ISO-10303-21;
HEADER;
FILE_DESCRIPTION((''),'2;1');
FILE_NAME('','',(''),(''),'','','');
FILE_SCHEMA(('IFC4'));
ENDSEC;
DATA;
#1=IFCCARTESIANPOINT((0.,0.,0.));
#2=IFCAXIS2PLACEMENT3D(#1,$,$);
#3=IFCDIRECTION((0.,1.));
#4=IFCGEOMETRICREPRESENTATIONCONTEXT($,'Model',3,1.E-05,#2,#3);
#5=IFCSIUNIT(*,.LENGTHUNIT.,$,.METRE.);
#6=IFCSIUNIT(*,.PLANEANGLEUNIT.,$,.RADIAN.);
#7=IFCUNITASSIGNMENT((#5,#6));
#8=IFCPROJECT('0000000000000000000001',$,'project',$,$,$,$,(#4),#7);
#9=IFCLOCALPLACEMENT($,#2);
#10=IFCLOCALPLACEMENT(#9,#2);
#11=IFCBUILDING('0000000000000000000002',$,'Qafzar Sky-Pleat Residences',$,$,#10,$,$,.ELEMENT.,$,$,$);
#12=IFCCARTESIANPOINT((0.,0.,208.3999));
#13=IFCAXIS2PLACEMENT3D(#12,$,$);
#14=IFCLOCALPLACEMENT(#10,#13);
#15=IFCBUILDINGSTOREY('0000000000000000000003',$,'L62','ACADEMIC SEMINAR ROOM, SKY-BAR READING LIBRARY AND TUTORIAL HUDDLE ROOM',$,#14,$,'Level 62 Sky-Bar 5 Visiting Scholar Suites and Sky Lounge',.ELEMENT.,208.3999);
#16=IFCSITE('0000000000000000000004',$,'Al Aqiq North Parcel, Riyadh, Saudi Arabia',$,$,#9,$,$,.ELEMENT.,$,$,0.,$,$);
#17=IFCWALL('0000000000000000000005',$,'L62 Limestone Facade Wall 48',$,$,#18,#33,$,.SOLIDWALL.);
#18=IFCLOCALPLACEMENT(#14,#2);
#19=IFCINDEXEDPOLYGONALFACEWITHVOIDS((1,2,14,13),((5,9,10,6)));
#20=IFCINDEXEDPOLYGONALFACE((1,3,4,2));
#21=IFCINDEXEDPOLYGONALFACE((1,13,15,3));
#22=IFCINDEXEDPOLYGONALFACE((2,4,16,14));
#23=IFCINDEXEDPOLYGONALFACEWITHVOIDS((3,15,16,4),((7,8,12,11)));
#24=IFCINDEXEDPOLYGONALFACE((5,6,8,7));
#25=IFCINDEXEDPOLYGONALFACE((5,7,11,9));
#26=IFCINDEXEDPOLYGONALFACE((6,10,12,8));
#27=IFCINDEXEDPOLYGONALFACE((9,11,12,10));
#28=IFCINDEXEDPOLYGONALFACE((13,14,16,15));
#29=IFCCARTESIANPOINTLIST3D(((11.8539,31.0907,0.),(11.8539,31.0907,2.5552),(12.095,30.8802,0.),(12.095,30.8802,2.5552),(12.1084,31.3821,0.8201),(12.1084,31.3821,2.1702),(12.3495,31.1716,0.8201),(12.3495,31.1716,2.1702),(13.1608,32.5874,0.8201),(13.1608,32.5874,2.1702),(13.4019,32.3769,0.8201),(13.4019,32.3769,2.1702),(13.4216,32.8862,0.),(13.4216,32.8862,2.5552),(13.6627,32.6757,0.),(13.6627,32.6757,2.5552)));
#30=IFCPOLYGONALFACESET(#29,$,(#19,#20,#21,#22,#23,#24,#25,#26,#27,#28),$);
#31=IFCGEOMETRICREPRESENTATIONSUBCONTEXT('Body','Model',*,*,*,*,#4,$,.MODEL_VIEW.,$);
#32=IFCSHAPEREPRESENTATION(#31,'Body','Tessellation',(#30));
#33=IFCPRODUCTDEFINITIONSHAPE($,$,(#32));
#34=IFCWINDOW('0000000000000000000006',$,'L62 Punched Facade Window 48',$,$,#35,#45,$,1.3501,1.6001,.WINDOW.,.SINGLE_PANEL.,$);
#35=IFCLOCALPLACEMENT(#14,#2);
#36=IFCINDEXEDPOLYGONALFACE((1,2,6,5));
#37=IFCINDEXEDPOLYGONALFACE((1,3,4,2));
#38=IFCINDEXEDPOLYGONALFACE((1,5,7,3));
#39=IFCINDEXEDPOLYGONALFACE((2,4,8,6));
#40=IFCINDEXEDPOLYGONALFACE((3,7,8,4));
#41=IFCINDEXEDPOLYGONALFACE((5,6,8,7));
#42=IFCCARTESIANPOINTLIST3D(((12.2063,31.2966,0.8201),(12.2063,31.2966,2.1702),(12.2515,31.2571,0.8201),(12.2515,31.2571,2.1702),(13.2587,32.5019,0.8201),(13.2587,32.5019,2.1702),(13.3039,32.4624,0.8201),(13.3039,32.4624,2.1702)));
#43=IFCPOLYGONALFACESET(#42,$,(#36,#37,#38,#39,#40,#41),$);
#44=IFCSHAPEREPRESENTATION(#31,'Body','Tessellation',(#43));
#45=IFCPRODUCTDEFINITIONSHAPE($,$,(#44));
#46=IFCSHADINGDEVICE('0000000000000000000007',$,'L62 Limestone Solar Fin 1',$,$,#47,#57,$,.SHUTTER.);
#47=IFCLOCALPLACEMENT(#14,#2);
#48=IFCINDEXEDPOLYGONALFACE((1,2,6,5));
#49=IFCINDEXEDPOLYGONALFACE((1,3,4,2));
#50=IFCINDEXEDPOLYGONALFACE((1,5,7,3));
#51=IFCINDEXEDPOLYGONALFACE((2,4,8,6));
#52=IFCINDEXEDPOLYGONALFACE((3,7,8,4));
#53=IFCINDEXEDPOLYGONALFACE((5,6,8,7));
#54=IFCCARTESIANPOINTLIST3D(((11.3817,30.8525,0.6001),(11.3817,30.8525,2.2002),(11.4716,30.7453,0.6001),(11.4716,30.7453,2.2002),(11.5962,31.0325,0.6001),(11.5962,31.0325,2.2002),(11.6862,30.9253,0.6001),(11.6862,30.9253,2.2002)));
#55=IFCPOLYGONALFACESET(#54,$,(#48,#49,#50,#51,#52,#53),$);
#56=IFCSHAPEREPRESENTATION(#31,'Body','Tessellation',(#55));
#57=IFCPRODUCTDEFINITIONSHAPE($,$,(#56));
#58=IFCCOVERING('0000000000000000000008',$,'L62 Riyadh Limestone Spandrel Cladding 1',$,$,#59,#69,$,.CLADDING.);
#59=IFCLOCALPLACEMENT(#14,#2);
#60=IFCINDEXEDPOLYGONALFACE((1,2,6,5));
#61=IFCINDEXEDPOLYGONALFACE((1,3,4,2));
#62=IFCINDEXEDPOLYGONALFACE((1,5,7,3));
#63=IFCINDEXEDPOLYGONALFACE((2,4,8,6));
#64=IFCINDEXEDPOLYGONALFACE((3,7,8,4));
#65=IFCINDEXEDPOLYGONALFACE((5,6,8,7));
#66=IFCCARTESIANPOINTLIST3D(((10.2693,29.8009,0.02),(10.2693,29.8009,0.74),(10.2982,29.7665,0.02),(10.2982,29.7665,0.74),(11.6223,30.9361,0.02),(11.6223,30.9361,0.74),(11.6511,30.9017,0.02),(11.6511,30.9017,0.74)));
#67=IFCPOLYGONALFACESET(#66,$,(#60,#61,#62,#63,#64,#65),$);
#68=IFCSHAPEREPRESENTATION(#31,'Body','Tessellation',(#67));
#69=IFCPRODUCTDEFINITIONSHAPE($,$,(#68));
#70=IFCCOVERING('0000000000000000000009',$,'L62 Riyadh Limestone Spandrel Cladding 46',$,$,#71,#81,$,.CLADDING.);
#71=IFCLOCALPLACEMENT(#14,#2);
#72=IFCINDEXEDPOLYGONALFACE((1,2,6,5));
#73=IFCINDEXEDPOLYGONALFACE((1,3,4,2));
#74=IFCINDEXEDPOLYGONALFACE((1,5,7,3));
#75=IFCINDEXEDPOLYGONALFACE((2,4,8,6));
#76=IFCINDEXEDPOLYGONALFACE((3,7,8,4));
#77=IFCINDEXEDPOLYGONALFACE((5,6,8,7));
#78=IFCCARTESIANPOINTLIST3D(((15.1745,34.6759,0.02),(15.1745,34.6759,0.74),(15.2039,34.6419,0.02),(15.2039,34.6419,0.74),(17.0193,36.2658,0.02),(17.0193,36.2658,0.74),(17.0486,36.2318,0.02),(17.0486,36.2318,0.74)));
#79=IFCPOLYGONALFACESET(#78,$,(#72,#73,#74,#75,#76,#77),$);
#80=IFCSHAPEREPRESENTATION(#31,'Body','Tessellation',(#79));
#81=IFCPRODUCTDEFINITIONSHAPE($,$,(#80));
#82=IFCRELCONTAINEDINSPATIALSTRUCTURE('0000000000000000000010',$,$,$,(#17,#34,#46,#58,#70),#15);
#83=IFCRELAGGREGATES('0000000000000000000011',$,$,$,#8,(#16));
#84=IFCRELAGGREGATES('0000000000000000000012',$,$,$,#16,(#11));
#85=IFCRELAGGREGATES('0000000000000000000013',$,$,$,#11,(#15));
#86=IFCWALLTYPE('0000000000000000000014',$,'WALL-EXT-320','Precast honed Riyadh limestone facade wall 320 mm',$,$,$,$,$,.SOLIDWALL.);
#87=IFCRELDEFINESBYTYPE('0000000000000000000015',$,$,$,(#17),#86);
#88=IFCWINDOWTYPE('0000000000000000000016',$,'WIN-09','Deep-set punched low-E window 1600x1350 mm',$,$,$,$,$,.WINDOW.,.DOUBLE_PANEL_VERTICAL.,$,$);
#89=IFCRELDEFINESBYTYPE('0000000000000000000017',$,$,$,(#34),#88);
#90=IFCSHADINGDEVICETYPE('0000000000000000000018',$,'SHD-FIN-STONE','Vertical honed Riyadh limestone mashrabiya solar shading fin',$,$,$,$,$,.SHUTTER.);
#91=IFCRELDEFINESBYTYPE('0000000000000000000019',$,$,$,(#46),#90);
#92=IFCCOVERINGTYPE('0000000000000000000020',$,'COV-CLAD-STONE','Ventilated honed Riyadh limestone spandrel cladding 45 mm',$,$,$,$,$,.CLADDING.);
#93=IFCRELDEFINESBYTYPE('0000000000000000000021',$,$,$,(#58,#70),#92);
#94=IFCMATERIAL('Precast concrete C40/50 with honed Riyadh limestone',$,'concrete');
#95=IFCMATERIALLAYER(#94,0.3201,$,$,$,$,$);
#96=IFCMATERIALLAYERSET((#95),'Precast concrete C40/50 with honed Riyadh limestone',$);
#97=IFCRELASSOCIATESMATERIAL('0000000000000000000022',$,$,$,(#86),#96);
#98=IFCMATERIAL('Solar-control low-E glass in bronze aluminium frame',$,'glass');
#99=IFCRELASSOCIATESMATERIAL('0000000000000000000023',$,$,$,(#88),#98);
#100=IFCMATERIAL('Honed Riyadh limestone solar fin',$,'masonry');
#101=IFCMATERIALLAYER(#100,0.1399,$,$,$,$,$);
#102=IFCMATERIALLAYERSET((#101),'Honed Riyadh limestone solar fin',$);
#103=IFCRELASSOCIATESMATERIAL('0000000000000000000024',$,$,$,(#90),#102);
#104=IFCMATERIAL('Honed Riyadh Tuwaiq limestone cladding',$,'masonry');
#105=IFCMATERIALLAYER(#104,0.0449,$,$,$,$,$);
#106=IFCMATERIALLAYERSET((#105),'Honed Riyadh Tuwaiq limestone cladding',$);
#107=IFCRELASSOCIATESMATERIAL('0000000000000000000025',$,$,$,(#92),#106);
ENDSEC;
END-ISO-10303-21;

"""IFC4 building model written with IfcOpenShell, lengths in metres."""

from ifc_helpers import new_model, si_unit, direction, frame, frame_2d, origin, origin_2d, place, context, subcontext, project, spatial, rectangle, extrude, source, transform, mapped, material, layer, layer_set, type_object, element, fill, save


model = new_model("IFC4")

# Units and contexts
model_context = context("Model", 3, precision=1e-05, world=origin(), true_north=direction((0.0, 1.0)))
body_context = subcontext(model_context, "Body", "Model", "MODEL_VIEW")
ifc_project = project(units=[si_unit("LENGTHUNIT", "METRE"), si_unit("PLANEANGLEUNIT", "RADIAN")], contexts=[model_context])

# Site, building, storey
site_placement = place(None, origin())
site = spatial("IfcSite", under=ifc_project, at=site_placement, Name="Al Aqiq North Parcel, Riyadh, Saudi Arabia", CompositionType="ELEMENT", RefElevation=0.0)
building_placement = place(site_placement, origin())
building = spatial("IfcBuilding", under=site, at=building_placement, Name="Qafzar Sky-Pleat Residences", CompositionType="ELEMENT")
storey_placement = place(building_placement, frame((0.0, 0.0, 208.3999)))
storey = spatial("IfcBuildingStorey", under=building, at=storey_placement, Name="L62", Description="ACADEMIC SEMINAR ROOM, SKY-BAR READING LIBRARY AND TUTORIAL HUDDLE ROOM", LongName="Level 62 Sky-Bar 5 Visiting Scholar Suites and Sky Lounge", CompositionType="ELEMENT", Elevation=208.3999)

# Shared definitions
ifc_material_1 = material(Name="Precast concrete C40/50 with honed Riyadh limestone", Category="concrete")

# Wall, opening, window
ifc_layer_1 = layer(ifc_material_1, 0.3201)
ifc_layer_set_1 = layer_set([ifc_layer_1], Name="Precast concrete C40/50 with honed Riyadh limestone")
wall_type_1 = type_object("IfcWallType", Name="WALL-EXT-320", Description="Precast honed Riyadh limestone facade wall 320 mm", PredefinedType="SOLIDWALL", material=ifc_layer_set_1)
ifc_material_2 = material(Name="Solar-control low-E glass in bronze aluminium frame", Category="glass")
wall_1_placement = place(storey_placement, frame((13.5422, 32.781, 0.0), z_axis=(0.0, 0.0, 1.0), x_axis=(-0.657707, -0.753274, 0.0)))
wall_1 = element("IfcWall", 1, at=wall_1_placement, inside=storey, type_object=wall_type_1, Name="L62 Limestone Facade Wall 48", PredefinedType="SOLIDWALL", context=body_context, shape_type="SweptSolid", body=[
    extrude(rectangle(XDim=2.3835, YDim=0.3201, at=frame_2d((1.1919, 0.0))), origin(), (0.0, 0.0, 1.0), 2.5552),
])
opening_1_placement = place(wall_1_placement, frame((0.3967, 0.0, 0.8201)))
opening_1 = element("IfcOpeningElement", 2, at=opening_1_placement, cuts=wall_1, PredefinedType="OPENING", context=body_context, shape_type="SweptSolid", body=[
    extrude(rectangle(XDim=1.6001, YDim=1.3501, at=frame_2d((0.8, 0.675))), frame((0.0, 0.1699, 0.0), z_axis=(0.0, -1.0, 0.0), x_axis=(1.0, 0.0, 0.0)), (0.0, 0.0, 1.0), 0.3401),
])
window_type_1 = type_object("IfcWindowType", Name="WIN-09", Description="Deep-set punched low-E window 1600x1350 mm", PartitioningType="DOUBLE_PANEL_VERTICAL", PredefinedType="WINDOW", material=ifc_material_2)
shared_shape_1 = source(origin(), body_context, "Body", "SweptSolid", [
    extrude(rectangle(XDim=1.6001, YDim=1.3501, at=frame_2d((0.8, 0.675))), frame((0.0, 0.03, 0.0), z_axis=(0.0, -1.0, 0.0), x_axis=(1.0, 0.0, 0.0)), (0.0, 0.0, 1.0), 0.0601),
])
window_1_placement = place(opening_1_placement, origin())
window_1 = element("IfcWindow", 3, at=window_1_placement, inside=storey, type_object=window_type_1, Name="L62 Punched Facade Window 48", OverallHeight=1.3501, OverallWidth=1.6001, PartitioningType="SINGLE_PANEL", PredefinedType="WINDOW", context=body_context, shape_type="MappedRepresentation", body=[
    mapped(shared_shape_1, transform((0.0, 0.0, 0.0), x_axis=(1.0, 0.0, 0.0), y_axis=(0.0, 1.0, 0.0), z_axis=(0.0, 0.0, 1.0), scale=1.0)),
])
fill(opening_1, window_1)

# Shading device
ifc_material_3 = material(Name="Honed Riyadh limestone solar fin", Category="masonry")
ifc_layer_2 = layer(ifc_material_3, 0.1399)
ifc_layer_set_2 = layer_set([ifc_layer_2], Name="Honed Riyadh limestone solar fin")
shading_device_type = type_object("IfcShadingDeviceType", Name="SHD-FIN-STONE", Description="Vertical honed Riyadh limestone mashrabiya solar shading fin", PredefinedType="SHUTTER", material=ifc_layer_set_2)
shared_shape_2 = source(origin(), body_context, "Body", "SweptSolid", [
    extrude(rectangle(XDim=0.1399, YDim=0.28, at=origin_2d()), origin(), (0.0, 0.0, 1.0), 1.6001),
])
shading_device_placement = place(storey_placement, frame((11.5339, 30.8889, 0.6001), z_axis=(0.0, 0.0, 1.0), x_axis=(-0.642754, 0.766072, 0.0)))
element("IfcShadingDevice", 4, at=shading_device_placement, inside=storey, type_object=shading_device_type, Name="L62 Limestone Solar Fin 1", PredefinedType="SHUTTER", context=body_context, shape_type="MappedRepresentation", body=[
    mapped(shared_shape_2, transform((0.0, 0.0, 0.0), x_axis=(1.0, 0.0, 0.0), y_axis=(0.0, 1.0, 0.0), z_axis=(0.0, 0.0, 1.0), scale=1.0)),
])

# Coverings
ifc_material_4 = material(Name="Honed Riyadh Tuwaiq limestone cladding", Category="masonry")
ifc_layer_3 = layer(ifc_material_4, 0.0449)
ifc_layer_set_3 = layer_set([ifc_layer_3], Name="Honed Riyadh Tuwaiq limestone cladding")
covering_type = type_object("IfcCoveringType", Name="COV-CLAD-STONE", Description="Ventilated honed Riyadh limestone spandrel cladding 45 mm", PredefinedType="CLADDING", material=ifc_layer_set_3)
shared_shape_3 = source(origin(), body_context, "Body", "SweptSolid", [
    extrude(rectangle(XDim=1.7661, YDim=0.0449, at=origin_2d()), origin(), (0.0, 0.0, 1.0), 0.72),
])
covering_1_placement = place(storey_placement, frame((10.9602, 30.3513, 0.02), z_axis=(0.0, 0.0, 1.0), x_axis=(-0.766074, -0.642752, 0.0)))
element("IfcCovering", 5, at=covering_1_placement, inside=storey, type_object=covering_type, Name="L62 Riyadh Limestone Spandrel Cladding 1", PredefinedType="CLADDING", context=body_context, shape_type="MappedRepresentation", body=[
    mapped(shared_shape_3, transform((0.0, 0.0, 0.0), x_axis=(1.0, 0.0, 0.0), y_axis=(0.0, 1.0, 0.0), z_axis=(0.0, 0.0, 1.0), scale=1.0)),
])
shared_shape_4 = source(origin(), body_context, "Body", "SweptSolid", [
    extrude(rectangle(XDim=2.4353, YDim=0.0449, at=origin_2d()), origin(), (0.0, 0.0, 1.0), 0.72),
])
covering_2_placement = place(storey_placement, frame((16.1116, 35.4539, 0.02), z_axis=(0.0, 0.0, 1.0), x_axis=(-0.757501, -0.652834, 0.0)))
element("IfcCovering", 6, at=covering_2_placement, inside=storey, type_object=covering_type, Name="L62 Riyadh Limestone Spandrel Cladding 46", PredefinedType="CLADDING", context=body_context, shape_type="MappedRepresentation", body=[
    mapped(shared_shape_4, transform((0.0, 0.0, 0.0), x_axis=(1.0, 0.0, 0.0), y_axis=(0.0, 1.0, 0.0), z_axis=(0.0, 0.0, 1.0), scale=1.0)),
])

save(model, "model.ifc")
